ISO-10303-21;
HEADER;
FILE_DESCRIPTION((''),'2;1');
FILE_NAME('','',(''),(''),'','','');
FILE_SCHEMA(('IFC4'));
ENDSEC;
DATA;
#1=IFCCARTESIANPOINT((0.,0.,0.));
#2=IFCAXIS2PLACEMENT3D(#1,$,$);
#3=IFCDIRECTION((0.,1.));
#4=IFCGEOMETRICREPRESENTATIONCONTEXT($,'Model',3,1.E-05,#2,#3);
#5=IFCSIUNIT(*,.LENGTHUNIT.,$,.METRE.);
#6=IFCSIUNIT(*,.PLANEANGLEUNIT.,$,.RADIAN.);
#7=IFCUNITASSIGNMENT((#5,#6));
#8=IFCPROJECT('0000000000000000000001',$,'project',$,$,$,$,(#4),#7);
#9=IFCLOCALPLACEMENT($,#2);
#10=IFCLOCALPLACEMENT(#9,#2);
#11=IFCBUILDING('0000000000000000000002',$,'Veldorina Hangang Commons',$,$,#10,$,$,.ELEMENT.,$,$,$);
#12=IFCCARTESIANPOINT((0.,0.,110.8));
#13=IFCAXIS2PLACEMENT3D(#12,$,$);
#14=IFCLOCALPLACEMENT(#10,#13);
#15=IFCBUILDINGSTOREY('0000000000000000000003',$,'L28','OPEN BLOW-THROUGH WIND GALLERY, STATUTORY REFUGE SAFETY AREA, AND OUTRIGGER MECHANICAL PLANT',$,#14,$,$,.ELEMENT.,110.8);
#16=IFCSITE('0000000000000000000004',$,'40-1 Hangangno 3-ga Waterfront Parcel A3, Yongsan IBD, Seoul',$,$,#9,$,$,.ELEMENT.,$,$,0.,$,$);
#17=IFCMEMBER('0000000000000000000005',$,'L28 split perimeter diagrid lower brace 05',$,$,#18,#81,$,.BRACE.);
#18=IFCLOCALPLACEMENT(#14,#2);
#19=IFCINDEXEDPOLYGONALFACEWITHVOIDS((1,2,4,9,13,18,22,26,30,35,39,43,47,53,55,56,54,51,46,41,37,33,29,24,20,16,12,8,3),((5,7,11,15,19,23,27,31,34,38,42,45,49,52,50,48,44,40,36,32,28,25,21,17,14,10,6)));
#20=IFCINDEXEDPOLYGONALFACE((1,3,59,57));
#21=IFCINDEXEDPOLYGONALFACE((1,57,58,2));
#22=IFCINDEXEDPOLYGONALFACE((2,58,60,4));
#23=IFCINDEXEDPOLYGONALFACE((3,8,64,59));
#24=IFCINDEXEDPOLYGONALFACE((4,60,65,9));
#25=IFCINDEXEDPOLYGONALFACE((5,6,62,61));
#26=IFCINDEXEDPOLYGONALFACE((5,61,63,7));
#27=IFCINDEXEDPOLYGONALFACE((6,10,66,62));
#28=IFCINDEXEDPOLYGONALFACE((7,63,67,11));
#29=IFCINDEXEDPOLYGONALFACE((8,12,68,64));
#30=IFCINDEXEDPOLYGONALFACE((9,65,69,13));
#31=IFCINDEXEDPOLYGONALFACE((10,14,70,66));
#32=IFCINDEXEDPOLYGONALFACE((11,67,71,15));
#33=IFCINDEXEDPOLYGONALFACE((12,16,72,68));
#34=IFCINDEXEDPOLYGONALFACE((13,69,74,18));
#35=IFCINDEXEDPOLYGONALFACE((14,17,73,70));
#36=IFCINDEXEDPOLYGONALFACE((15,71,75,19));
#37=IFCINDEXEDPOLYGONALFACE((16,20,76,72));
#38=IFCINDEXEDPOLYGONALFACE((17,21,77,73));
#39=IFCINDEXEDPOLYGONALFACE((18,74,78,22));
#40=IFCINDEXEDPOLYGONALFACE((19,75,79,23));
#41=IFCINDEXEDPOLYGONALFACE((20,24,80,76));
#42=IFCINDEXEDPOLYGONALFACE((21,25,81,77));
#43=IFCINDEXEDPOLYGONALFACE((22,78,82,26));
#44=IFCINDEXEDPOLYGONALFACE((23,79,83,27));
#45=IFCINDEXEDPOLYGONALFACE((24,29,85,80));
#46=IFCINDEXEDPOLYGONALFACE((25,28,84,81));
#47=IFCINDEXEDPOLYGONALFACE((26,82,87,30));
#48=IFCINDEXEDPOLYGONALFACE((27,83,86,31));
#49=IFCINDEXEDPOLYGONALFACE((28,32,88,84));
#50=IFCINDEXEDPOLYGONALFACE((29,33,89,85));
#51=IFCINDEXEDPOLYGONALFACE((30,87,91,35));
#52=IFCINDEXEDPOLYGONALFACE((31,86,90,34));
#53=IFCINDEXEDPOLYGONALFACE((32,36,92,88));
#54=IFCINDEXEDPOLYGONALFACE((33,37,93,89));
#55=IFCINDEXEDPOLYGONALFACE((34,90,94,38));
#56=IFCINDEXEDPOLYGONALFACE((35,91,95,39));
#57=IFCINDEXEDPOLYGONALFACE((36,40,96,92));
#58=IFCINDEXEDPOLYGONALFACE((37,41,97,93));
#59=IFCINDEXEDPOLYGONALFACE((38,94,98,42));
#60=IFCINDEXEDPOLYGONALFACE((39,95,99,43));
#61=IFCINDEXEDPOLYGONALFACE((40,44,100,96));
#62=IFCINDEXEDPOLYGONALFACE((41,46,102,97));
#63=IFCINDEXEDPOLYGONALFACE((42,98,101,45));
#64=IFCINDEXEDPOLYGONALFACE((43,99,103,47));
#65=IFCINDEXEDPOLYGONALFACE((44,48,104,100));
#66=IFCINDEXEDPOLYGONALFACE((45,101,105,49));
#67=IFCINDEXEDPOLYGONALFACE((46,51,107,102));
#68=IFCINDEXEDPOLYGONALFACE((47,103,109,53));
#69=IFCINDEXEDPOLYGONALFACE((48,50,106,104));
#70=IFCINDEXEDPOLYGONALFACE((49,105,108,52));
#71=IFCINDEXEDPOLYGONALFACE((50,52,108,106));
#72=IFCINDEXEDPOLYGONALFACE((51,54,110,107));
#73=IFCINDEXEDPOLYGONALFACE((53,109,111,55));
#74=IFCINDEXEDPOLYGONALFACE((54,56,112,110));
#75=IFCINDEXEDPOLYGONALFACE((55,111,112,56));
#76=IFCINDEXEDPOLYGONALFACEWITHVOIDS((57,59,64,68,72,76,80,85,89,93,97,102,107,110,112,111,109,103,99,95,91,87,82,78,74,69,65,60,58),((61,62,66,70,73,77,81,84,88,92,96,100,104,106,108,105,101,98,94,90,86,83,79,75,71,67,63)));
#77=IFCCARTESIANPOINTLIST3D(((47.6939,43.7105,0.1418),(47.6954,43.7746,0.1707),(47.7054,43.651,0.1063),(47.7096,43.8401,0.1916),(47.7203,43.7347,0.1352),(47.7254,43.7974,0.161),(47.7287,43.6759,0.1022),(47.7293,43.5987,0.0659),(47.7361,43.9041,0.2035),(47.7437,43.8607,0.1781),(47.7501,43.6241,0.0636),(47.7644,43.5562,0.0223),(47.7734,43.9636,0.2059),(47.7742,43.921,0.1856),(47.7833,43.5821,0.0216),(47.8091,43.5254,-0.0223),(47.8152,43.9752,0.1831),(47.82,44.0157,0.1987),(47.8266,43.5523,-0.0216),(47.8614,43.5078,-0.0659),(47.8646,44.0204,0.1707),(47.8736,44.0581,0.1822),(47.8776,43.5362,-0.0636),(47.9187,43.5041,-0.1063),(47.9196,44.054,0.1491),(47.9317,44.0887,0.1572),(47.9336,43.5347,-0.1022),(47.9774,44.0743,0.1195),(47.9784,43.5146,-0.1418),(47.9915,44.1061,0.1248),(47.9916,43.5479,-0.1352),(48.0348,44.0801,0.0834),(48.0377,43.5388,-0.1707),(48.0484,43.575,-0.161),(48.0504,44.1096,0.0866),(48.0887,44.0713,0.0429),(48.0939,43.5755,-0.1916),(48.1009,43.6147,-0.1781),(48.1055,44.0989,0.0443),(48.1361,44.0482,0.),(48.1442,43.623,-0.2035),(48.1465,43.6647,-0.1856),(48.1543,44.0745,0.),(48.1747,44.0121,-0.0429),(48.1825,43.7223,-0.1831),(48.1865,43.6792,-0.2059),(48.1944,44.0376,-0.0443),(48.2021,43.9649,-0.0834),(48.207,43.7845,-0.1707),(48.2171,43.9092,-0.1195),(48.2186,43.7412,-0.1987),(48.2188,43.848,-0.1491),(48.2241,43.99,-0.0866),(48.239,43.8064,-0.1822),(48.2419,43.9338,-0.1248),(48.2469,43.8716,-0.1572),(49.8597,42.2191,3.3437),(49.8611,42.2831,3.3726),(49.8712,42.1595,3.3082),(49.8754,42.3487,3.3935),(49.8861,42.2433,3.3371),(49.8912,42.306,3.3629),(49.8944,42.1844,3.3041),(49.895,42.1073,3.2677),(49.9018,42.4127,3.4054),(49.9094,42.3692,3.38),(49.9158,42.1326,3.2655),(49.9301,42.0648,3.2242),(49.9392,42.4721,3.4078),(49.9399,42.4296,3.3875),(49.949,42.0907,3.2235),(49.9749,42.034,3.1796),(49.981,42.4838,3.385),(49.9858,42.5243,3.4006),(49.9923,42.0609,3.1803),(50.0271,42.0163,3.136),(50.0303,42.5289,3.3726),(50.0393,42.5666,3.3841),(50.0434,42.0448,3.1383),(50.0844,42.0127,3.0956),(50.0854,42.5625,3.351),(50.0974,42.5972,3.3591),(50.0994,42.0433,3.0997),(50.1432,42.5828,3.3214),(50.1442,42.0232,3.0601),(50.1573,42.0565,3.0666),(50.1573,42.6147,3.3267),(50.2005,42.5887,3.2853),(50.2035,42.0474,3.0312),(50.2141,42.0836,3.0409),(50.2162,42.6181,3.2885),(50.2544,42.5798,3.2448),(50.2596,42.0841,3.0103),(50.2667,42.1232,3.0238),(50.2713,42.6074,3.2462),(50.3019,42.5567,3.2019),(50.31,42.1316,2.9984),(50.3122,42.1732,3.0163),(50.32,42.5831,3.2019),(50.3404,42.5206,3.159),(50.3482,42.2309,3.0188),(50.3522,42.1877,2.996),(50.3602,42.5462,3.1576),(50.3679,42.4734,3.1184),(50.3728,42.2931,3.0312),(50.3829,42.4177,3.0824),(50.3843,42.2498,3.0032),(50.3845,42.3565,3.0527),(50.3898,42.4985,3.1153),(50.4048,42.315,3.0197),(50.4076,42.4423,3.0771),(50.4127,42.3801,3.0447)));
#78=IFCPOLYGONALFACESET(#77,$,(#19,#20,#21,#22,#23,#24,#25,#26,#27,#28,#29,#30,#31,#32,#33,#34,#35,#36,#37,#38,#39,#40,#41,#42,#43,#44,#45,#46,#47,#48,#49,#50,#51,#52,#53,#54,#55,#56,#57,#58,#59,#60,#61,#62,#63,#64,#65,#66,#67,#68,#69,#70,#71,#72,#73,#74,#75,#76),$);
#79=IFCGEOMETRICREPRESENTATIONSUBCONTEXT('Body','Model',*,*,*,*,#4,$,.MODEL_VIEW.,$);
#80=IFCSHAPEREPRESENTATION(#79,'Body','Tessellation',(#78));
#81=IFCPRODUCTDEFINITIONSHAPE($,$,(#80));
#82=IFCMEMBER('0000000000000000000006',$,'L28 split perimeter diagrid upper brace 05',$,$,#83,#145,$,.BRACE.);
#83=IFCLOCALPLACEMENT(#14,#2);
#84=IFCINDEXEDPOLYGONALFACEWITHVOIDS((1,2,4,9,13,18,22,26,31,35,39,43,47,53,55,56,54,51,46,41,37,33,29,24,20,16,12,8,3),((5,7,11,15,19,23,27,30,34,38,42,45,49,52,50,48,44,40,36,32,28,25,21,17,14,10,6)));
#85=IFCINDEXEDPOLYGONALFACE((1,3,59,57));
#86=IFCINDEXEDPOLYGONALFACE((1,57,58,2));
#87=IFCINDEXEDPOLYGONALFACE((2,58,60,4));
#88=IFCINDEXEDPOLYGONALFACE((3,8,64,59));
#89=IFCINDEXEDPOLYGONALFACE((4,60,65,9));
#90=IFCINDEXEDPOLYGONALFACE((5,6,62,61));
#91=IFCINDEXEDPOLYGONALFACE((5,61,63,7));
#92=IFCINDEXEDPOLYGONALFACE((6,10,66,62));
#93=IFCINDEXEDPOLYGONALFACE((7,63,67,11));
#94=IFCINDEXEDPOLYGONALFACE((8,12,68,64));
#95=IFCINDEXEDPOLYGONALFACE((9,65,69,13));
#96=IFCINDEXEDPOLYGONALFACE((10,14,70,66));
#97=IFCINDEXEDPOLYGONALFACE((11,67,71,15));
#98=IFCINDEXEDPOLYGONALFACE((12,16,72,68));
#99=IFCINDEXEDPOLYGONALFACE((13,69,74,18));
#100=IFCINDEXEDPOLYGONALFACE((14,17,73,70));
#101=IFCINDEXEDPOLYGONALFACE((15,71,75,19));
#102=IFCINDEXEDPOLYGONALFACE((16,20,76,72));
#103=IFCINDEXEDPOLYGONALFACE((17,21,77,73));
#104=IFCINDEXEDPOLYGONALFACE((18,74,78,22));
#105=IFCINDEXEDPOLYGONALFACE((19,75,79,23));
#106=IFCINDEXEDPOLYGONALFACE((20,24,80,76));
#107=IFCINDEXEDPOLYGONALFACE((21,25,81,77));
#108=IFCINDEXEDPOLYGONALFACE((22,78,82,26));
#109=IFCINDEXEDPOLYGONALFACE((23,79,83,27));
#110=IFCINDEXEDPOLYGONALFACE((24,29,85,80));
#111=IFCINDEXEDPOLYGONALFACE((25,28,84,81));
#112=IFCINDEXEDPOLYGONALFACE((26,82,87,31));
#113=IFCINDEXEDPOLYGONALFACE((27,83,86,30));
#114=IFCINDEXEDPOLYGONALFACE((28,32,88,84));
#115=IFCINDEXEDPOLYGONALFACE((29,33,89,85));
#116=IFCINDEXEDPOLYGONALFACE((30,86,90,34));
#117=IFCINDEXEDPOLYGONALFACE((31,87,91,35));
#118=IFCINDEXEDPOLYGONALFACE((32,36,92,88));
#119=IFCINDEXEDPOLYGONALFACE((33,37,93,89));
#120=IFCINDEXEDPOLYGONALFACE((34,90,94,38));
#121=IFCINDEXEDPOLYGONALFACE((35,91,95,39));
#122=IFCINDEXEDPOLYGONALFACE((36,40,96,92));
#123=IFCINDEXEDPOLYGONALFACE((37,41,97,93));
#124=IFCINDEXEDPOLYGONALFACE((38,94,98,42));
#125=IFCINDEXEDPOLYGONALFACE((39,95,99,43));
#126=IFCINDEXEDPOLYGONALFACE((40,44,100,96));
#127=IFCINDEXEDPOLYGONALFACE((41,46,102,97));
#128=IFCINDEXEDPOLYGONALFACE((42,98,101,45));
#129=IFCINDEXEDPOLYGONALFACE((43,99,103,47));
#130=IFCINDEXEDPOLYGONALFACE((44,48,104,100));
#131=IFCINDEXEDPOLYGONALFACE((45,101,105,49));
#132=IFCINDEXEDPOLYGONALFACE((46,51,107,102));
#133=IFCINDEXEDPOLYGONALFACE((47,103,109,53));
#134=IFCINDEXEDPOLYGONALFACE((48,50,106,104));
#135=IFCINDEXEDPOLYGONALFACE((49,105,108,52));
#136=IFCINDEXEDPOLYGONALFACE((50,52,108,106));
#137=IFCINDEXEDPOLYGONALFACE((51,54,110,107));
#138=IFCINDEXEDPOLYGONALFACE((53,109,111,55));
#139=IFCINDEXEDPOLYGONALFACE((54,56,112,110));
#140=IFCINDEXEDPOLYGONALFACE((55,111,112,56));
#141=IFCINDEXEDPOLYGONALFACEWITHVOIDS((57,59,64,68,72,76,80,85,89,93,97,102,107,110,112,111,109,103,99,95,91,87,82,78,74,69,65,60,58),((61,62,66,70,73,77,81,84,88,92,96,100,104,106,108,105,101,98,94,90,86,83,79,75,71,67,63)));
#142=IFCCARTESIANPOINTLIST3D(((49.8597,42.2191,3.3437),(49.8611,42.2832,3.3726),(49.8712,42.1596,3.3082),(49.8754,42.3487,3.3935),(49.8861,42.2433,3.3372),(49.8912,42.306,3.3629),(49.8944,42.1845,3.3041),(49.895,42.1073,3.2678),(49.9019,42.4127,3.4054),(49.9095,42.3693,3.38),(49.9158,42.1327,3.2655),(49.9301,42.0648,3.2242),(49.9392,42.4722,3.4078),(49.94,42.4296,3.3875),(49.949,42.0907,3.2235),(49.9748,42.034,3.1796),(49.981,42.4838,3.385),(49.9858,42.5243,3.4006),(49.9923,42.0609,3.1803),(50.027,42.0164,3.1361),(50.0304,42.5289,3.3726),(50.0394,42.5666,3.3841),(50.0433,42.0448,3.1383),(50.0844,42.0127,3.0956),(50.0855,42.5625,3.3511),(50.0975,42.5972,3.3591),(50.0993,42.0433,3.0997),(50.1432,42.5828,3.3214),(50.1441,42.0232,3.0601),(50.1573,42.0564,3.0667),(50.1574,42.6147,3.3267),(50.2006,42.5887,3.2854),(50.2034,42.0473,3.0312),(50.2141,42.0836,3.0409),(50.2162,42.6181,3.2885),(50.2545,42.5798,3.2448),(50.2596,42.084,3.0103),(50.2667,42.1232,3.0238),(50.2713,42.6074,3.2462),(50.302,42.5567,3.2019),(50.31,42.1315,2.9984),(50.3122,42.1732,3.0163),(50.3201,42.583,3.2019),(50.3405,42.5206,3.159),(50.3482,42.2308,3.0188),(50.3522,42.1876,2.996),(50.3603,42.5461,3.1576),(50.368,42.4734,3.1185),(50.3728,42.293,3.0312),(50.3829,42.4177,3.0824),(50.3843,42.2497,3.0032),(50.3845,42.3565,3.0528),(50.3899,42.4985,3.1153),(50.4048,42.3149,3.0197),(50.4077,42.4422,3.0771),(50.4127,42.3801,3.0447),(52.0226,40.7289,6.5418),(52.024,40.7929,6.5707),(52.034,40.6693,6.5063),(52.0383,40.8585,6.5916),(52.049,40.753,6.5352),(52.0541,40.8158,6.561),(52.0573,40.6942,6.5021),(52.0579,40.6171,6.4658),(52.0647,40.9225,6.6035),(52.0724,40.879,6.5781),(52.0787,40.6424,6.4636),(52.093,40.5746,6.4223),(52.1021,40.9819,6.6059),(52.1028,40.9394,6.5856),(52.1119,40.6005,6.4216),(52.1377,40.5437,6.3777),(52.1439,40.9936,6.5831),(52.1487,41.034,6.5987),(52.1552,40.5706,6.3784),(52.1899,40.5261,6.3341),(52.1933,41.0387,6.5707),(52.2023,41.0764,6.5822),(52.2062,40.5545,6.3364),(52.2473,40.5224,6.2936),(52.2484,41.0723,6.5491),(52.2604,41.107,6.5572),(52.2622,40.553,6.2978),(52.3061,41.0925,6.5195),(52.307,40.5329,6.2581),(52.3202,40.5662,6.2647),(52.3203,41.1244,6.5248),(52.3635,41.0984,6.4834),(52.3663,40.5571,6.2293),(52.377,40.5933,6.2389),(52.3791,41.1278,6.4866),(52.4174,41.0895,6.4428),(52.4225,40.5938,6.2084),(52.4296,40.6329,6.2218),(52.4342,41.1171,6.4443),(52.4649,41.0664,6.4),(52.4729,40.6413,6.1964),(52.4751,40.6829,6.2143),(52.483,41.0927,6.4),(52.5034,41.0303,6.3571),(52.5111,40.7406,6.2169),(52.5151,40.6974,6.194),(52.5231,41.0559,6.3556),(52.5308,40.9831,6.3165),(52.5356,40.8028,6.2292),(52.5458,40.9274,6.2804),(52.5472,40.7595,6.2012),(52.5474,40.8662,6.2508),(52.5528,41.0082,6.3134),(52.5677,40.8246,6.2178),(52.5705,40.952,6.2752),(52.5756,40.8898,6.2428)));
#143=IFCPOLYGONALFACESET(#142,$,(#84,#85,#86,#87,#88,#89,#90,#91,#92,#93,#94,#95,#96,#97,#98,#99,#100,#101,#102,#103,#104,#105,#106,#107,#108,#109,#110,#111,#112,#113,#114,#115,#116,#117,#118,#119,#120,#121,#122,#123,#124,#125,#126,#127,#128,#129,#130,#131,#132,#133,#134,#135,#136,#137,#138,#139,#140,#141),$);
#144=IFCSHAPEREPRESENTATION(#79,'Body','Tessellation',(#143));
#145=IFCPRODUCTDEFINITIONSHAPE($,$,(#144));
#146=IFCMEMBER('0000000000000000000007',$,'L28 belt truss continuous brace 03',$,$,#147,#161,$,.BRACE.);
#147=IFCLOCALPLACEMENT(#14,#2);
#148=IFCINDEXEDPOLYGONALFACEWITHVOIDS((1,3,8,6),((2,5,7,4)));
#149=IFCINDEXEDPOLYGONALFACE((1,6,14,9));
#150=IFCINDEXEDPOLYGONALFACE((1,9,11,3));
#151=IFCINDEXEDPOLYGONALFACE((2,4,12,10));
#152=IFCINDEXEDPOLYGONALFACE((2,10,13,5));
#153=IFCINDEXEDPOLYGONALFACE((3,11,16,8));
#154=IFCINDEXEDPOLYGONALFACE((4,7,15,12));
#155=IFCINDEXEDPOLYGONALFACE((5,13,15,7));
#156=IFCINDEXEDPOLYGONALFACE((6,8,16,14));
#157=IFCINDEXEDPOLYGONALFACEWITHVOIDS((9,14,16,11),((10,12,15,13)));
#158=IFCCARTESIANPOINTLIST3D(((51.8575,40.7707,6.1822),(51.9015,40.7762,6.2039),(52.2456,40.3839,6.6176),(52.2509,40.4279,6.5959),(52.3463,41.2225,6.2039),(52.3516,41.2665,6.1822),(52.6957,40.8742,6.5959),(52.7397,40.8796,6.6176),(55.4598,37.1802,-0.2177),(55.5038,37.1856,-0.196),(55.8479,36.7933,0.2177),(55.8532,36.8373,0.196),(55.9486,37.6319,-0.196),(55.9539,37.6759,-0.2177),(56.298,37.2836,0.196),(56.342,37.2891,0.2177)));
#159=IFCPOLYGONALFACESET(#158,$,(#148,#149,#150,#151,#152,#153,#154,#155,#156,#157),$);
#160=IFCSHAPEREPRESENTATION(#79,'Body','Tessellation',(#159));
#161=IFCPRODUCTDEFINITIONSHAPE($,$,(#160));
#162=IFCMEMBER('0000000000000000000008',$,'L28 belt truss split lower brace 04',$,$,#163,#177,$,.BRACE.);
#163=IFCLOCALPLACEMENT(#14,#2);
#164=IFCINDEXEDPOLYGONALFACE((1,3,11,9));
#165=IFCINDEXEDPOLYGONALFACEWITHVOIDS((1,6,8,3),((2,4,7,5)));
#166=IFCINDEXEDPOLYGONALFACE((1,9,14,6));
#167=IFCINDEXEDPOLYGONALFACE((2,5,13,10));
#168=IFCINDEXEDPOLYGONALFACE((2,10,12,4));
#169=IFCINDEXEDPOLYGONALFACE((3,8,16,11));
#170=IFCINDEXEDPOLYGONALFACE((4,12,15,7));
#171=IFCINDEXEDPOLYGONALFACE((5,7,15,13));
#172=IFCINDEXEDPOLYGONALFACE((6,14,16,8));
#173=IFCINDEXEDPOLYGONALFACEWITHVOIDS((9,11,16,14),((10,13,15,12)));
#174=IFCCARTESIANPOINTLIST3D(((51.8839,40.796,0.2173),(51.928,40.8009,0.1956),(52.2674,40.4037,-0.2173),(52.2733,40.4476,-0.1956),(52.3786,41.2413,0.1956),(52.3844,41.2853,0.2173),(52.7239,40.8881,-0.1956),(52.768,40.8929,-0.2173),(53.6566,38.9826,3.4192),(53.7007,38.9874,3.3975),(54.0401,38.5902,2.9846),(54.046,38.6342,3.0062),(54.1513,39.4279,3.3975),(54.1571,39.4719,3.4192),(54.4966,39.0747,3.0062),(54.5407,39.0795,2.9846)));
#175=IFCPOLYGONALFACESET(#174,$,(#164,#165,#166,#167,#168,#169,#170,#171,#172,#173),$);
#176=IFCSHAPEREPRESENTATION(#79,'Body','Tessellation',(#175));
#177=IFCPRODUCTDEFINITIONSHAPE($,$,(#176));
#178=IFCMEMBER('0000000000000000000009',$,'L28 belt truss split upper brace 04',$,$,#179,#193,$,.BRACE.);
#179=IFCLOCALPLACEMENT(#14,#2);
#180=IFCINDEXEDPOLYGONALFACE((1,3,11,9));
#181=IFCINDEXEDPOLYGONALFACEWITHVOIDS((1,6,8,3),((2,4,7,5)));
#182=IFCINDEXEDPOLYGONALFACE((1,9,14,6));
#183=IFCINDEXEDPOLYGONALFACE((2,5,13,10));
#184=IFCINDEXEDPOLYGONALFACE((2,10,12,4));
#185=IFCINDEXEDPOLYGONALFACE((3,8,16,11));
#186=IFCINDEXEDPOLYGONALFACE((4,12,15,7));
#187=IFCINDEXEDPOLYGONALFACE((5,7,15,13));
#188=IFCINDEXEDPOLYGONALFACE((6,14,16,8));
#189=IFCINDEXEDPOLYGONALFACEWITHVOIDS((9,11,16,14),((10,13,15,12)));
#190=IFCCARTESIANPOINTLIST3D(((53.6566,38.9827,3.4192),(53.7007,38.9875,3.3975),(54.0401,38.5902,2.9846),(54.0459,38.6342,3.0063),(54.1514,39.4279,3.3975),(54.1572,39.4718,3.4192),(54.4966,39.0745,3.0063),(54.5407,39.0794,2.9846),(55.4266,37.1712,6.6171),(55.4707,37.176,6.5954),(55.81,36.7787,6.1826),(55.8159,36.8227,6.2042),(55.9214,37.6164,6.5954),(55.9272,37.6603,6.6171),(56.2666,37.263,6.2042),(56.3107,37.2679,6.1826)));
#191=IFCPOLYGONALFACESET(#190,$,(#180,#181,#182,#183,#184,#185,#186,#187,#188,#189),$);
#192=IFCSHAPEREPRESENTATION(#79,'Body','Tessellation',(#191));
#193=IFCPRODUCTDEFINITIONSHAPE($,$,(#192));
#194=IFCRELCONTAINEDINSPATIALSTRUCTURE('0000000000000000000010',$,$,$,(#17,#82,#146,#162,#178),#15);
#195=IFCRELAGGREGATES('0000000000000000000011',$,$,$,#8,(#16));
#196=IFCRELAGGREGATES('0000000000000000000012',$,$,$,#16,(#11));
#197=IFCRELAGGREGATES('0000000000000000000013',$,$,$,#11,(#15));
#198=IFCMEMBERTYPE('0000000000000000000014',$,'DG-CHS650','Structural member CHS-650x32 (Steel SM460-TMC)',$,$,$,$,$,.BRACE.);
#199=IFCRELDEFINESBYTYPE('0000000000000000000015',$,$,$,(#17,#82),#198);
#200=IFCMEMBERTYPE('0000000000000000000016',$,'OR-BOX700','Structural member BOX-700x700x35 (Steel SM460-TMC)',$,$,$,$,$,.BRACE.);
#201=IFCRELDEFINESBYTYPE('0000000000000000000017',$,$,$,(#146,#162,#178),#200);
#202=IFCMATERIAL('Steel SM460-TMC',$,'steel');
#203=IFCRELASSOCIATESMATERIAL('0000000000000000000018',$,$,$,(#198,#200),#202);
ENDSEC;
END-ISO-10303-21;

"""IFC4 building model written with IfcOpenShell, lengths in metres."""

from ifc_helpers import new_model, si_unit, direction, frame, origin, origin_2d, place, context, subcontext, project, spatial, hollow_rectangle, hollow_circle, extrude, material, material_profile, profile_set, type_object, element, save


model = new_model("IFC4")

# Units and contexts
model_context = context("Model", 3, precision=1e-05, world=origin(), true_north=direction((0.0, 1.0)))
body_context = subcontext(model_context, "Body", "Model", "MODEL_VIEW")
ifc_project = project(units=[si_unit("LENGTHUNIT", "METRE"), si_unit("PLANEANGLEUNIT", "RADIAN")], contexts=[model_context])

# Site, building, storey
site_placement = place(None, origin())
site = spatial("IfcSite", under=ifc_project, at=site_placement, Name="40-1 Hangangno 3-ga Waterfront Parcel A3, Yongsan IBD, Seoul", CompositionType="ELEMENT", RefElevation=0.0)
building_placement = place(site_placement, origin())
building = spatial("IfcBuilding", under=site, at=building_placement, Name="Veldorina Hangang Commons", CompositionType="ELEMENT")
storey_placement = place(building_placement, frame((0.0, 0.0, 110.8)))
storey = spatial("IfcBuildingStorey", under=building, at=storey_placement, Name="L28", Description="OPEN BLOW-THROUGH WIND GALLERY, STATUTORY REFUGE SAFETY AREA, AND OUTRIGGER MECHANICAL PLANT", CompositionType="ELEMENT", Elevation=110.8)

# Shared definitions
ifc_material_1 = material(Name="Steel SM460-TMC", Category="steel")

# Members
ifc_material_profile_1 = material_profile(ifc_material_1, hollow_circle(Radius=0.325, WallThickness=0.032, at=origin_2d()), Name="CHS-650x32")
ifc_profile_set_1 = profile_set([ifc_material_profile_1], Name="Steel SM460-TMC")
member_type_1 = type_object("IfcMemberType", Name="DG-CHS650", Description="Structural member CHS-650x32 (Steel SM460-TMC)", PredefinedType="BRACE", material=ifc_profile_set_1)
member_1_placement = place(storey_placement, frame((47.97, 43.8069, 0.0), z_axis=(0.522713, -0.359965, 0.772785), x_axis=(0.567171, 0.8236, 0.0)))
element("IfcMember", 1, at=member_1_placement, inside=storey, type_object=member_type_1, Name="L28 split perimeter diagrid lower brace 05", PredefinedType="BRACE", context=body_context, shape_type="SweptSolid", body=[
    extrude(hollow_circle(Radius=0.325, WallThickness=0.032, at=origin_2d()), origin(), (0.0, 0.0, 1.0), 4.1433),
])
member_2_placement = place(storey_placement, frame((50.1357, 42.3154, 3.2019), z_axis=(0.522635, -0.360104, 0.772773), x_axis=(0.567377, 0.823458, 0.0)))
element("IfcMember", 2, at=member_2_placement, inside=storey, type_object=member_type_1, Name="L28 split perimeter diagrid upper brace 05", PredefinedType="BRACE", context=body_context, shape_type="SweptSolid", body=[
    extrude(hollow_circle(Radius=0.325, WallThickness=0.032, at=origin_2d()), origin(), (0.0, 0.0, 1.0), 4.1384),
])
ifc_material_profile_2 = material_profile(ifc_material_1, hollow_rectangle(XDim=0.7, YDim=0.7, WallThickness=0.0349, at=origin_2d()), Name="BOX-700x700x35")
ifc_profile_set_2 = profile_set([ifc_material_profile_2], Name="Steel SM460-TMC")
member_type_2 = type_object("IfcMemberType", Name="OR-BOX700", Description="Structural member BOX-700x700x35 (Steel SM460-TMC)", PredefinedType="BRACE", material=ifc_profile_set_2)
member_3_placement = place(storey_placement, frame((55.9009, 37.2346, 0.0), z_axis=(-0.440658, 0.439224, 0.782881), x_axis=(-0.705954, -0.708258, 0.0)))
element("IfcMember", 3, at=member_3_placement, inside=storey, type_object=member_type_2, Name="L28 belt truss continuous brace 03", PredefinedType="BRACE", context=body_context, shape_type="SweptSolid", body=[
    extrude(hollow_rectangle(XDim=0.7, YDim=0.7, WallThickness=0.0349, at=origin_2d()), origin(), (0.0, 0.0, 1.0), 8.1748),
])
member_4_placement = place(storey_placement, frame((52.3259, 40.8445, 0.0), z_axis=(0.434005, -0.443987, 0.78391), x_axis=(0.7151, 0.699022, 0.0)))
element("IfcMember", 4, at=member_4_placement, inside=storey, type_object=member_type_2, Name="L28 belt truss split lower brace 04", PredefinedType="BRACE", context=body_context, shape_type="SweptSolid", body=[
    extrude(hollow_rectangle(XDim=0.7, YDim=0.7, WallThickness=0.0349, at=origin_2d()), origin(), (0.0, 0.0, 1.0), 4.0845),
])
member_5_placement = place(storey_placement, frame((54.0986, 39.031, 3.2019), z_axis=(0.433889, -0.444062, 0.783932), x_axis=(0.715253, 0.698866, 0.0)))
element("IfcMember", 5, at=member_5_placement, inside=storey, type_object=member_type_2, Name="L28 belt truss split upper brace 04", PredefinedType="BRACE", context=body_context, shape_type="SweptSolid", body=[
    extrude(hollow_rectangle(XDim=0.7, YDim=0.7, WallThickness=0.0349, at=origin_2d()), origin(), (0.0, 0.0, 1.0), 4.0793),
])

save(model, "model.ifc")
